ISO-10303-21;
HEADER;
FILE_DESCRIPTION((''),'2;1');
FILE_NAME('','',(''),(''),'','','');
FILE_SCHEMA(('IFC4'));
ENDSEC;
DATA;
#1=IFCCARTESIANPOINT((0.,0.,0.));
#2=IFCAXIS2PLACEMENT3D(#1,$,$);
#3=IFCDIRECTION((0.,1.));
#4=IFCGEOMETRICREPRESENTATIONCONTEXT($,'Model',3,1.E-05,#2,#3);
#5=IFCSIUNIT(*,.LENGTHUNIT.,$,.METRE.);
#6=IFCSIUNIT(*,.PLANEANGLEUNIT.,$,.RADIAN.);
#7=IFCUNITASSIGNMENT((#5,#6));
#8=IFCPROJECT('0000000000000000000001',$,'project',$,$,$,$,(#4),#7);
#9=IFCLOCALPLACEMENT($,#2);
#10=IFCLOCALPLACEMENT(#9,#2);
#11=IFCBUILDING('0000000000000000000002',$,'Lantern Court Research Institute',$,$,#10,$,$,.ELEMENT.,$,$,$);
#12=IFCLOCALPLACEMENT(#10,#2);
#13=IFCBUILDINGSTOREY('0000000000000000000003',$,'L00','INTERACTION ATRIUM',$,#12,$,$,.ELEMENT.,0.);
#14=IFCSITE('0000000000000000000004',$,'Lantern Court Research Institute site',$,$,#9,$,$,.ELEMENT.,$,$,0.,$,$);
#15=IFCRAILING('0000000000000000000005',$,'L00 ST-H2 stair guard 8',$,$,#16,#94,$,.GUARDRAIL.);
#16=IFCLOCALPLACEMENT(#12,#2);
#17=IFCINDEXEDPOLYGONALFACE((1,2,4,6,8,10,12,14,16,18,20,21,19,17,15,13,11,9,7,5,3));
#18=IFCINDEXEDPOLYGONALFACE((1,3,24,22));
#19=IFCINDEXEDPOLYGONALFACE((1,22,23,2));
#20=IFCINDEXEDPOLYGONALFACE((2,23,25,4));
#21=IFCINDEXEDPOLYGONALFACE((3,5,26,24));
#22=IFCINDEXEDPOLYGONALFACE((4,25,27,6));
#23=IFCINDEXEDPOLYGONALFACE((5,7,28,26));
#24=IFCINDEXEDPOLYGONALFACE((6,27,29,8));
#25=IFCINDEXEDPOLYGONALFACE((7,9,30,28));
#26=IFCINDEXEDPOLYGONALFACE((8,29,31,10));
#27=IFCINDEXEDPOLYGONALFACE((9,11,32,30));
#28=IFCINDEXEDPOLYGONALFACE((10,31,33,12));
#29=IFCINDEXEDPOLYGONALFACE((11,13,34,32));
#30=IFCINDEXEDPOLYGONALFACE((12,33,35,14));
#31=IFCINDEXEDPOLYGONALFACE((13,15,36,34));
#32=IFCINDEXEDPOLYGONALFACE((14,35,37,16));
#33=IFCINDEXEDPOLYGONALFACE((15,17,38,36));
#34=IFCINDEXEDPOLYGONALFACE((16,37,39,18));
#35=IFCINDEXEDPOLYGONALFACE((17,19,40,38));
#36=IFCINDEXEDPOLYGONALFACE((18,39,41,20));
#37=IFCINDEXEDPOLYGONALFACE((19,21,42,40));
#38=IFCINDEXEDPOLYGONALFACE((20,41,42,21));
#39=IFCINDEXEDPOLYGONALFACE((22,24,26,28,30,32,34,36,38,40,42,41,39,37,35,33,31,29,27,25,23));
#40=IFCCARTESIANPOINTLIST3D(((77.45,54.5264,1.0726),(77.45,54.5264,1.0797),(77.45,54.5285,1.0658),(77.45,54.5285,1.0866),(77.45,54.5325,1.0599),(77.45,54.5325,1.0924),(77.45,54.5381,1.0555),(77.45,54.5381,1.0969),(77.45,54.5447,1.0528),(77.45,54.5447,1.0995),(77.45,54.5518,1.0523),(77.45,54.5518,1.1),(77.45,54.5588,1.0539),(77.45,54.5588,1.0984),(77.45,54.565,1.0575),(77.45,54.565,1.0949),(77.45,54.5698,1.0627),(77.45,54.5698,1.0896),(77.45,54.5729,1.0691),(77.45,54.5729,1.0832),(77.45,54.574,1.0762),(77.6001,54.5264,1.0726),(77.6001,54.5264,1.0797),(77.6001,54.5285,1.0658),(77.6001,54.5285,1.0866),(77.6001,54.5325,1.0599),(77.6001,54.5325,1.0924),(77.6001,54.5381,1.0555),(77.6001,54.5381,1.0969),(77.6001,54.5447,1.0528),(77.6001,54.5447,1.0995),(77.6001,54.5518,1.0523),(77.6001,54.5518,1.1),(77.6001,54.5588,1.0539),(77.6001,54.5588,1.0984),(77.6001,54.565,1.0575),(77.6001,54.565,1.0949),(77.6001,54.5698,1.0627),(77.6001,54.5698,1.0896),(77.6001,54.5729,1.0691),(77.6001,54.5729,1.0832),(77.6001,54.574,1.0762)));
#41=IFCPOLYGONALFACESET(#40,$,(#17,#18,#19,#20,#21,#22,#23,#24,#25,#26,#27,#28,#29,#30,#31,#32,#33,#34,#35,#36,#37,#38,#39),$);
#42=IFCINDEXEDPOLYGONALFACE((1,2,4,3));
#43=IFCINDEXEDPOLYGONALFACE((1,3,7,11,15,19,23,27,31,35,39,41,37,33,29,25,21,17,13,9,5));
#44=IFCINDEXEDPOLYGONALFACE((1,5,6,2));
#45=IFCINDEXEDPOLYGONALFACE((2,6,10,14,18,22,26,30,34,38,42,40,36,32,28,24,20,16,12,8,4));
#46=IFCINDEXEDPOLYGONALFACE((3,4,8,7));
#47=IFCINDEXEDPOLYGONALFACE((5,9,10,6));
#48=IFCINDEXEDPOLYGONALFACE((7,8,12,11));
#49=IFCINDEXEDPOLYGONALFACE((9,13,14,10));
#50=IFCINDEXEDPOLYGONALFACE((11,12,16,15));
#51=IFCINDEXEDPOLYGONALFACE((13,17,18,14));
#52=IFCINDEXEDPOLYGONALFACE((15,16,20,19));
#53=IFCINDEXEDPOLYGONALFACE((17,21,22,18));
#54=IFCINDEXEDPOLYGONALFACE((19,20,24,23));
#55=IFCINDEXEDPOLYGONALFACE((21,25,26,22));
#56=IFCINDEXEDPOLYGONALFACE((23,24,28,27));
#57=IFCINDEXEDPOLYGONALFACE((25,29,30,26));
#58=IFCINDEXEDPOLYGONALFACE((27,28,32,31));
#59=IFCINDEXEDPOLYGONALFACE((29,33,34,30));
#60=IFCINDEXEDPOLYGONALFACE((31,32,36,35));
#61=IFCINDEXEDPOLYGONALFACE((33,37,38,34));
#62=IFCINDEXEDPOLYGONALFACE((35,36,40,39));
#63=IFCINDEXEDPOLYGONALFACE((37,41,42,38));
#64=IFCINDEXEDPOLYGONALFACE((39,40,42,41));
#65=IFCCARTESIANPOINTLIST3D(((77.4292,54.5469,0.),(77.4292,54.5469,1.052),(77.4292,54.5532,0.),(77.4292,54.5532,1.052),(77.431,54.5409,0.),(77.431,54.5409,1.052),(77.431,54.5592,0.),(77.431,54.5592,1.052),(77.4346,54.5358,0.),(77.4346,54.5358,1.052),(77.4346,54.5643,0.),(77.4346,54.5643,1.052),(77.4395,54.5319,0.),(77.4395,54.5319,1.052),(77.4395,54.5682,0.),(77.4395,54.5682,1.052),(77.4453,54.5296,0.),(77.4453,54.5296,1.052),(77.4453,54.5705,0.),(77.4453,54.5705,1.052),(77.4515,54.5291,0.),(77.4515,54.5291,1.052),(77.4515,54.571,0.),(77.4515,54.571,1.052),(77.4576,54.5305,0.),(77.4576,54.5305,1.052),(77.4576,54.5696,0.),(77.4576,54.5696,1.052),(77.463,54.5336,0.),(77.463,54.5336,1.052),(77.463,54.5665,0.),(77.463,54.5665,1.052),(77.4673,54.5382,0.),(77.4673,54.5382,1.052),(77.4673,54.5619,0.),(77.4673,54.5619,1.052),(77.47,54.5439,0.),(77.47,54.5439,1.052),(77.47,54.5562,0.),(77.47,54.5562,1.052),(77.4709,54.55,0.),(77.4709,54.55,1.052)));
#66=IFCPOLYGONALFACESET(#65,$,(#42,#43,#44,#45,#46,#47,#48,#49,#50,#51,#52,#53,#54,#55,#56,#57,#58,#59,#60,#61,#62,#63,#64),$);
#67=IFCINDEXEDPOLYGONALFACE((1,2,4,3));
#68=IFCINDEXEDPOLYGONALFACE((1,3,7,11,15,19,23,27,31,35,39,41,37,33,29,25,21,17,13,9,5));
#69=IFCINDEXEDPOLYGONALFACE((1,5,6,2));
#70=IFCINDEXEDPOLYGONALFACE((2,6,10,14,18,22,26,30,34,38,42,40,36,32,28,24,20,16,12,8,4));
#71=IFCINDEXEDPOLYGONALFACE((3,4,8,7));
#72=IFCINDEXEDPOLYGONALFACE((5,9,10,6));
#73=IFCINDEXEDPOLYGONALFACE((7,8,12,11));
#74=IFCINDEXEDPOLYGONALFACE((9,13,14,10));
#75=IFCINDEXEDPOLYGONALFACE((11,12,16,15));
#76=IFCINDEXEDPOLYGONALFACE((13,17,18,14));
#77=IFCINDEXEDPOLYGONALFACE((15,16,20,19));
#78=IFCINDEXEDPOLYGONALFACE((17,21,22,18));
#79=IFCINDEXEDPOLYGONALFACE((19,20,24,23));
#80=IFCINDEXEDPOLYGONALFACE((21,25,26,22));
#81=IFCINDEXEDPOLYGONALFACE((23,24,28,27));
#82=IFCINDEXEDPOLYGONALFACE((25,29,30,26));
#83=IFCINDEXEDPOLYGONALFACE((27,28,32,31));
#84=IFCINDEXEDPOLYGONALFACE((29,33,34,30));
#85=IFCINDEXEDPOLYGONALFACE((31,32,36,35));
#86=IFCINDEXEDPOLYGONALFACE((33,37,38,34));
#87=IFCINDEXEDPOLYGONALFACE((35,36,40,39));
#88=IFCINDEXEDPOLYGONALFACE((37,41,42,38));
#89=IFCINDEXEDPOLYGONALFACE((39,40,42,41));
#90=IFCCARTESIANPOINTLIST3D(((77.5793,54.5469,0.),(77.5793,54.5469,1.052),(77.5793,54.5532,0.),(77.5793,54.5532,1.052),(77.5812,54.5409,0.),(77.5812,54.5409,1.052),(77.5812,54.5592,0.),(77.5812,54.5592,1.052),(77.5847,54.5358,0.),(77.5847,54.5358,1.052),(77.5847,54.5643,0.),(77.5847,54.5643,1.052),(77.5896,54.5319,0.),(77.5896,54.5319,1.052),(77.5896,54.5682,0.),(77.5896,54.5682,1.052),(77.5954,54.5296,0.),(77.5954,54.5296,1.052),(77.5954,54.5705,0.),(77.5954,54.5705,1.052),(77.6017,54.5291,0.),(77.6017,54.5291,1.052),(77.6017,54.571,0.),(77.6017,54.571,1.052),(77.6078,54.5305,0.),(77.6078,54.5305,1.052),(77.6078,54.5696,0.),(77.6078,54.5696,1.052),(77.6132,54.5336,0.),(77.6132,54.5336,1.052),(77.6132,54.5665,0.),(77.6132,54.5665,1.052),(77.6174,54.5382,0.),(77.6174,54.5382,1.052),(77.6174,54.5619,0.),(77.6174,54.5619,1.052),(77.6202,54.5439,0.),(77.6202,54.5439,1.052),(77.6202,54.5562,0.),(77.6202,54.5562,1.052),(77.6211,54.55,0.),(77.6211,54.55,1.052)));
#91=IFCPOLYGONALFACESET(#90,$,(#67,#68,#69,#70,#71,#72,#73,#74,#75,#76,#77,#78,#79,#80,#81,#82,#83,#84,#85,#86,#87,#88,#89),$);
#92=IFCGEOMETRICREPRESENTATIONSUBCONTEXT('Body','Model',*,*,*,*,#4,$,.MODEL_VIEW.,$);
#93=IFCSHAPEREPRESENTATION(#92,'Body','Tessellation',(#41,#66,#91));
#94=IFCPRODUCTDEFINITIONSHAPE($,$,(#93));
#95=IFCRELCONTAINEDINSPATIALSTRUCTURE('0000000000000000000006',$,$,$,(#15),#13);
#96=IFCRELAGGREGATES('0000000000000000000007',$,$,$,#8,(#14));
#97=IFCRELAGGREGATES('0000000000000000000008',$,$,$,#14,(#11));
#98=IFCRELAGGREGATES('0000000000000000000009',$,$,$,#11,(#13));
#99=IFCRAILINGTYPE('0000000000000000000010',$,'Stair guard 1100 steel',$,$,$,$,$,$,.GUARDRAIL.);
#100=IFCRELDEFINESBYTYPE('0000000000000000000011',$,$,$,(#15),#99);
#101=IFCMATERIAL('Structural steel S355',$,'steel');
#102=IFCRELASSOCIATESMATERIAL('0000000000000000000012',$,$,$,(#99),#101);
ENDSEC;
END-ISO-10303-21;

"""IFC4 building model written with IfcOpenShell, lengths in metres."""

from ifc_helpers import new_model, si_unit, direction, frame, origin, origin_2d, place, context, subcontext, project, spatial, circle, extrude, material, type_object, element, save


model = new_model("IFC4")

# Units and contexts
model_context = context("Model", 3, precision=1e-05, world=origin(), true_north=direction((0.0, 1.0)))
body_context = subcontext(model_context, "Body", "Model", "MODEL_VIEW")
ifc_project = project(units=[si_unit("LENGTHUNIT", "METRE"), si_unit("PLANEANGLEUNIT", "RADIAN")], contexts=[model_context])

# Site, building, storey
site_placement = place(None, origin())
site = spatial("IfcSite", under=ifc_project, at=site_placement, Name="Lantern Court Research Institute site", CompositionType="ELEMENT", RefElevation=0.0)
building_placement = place(site_placement, origin())
building = spatial("IfcBuilding", under=site, at=building_placement, Name="Lantern Court Research Institute", CompositionType="ELEMENT")
storey_placement = place(building_placement, origin())
storey = spatial("IfcBuildingStorey", under=building, at=storey_placement, Name="L00", Description="INTERACTION ATRIUM", CompositionType="ELEMENT", Elevation=0.0)

# Railing
ifc_material_1 = material(Name="Structural steel S355", Category="steel")
railing_type_1 = type_object("IfcRailingType", Name="Stair guard 1100 steel", PredefinedType="GUARDRAIL", material=ifc_material_1)
railing_1_placement = place(storey_placement, frame((77.45, 54.55, 0.0)))
element("IfcRailing", 1, at=railing_1_placement, inside=storey, type_object=railing_type_1, Name="L00 ST-H2 stair guard 8", PredefinedType="GUARDRAIL", context=body_context, shape_type="SweptSolid", body=[
    extrude(circle(Radius=0.0239, at=origin_2d()), frame((0.0, 0.0, 1.0762), z_axis=(1.0, 0.0, 0.0), x_axis=(0.0, 1.0, 0.0)), (0.0, 0.0, 1.0), 0.1501),
    extrude(circle(Radius=0.021, at=origin_2d()), origin(), (0.0, 0.0, 1.0), 1.052),
    extrude(circle(Radius=0.021, at=origin_2d()), frame((0.1501, 0.0, 0.0)), (0.0, 0.0, 1.0), 1.052),
])

save(model, "model.ifc")
